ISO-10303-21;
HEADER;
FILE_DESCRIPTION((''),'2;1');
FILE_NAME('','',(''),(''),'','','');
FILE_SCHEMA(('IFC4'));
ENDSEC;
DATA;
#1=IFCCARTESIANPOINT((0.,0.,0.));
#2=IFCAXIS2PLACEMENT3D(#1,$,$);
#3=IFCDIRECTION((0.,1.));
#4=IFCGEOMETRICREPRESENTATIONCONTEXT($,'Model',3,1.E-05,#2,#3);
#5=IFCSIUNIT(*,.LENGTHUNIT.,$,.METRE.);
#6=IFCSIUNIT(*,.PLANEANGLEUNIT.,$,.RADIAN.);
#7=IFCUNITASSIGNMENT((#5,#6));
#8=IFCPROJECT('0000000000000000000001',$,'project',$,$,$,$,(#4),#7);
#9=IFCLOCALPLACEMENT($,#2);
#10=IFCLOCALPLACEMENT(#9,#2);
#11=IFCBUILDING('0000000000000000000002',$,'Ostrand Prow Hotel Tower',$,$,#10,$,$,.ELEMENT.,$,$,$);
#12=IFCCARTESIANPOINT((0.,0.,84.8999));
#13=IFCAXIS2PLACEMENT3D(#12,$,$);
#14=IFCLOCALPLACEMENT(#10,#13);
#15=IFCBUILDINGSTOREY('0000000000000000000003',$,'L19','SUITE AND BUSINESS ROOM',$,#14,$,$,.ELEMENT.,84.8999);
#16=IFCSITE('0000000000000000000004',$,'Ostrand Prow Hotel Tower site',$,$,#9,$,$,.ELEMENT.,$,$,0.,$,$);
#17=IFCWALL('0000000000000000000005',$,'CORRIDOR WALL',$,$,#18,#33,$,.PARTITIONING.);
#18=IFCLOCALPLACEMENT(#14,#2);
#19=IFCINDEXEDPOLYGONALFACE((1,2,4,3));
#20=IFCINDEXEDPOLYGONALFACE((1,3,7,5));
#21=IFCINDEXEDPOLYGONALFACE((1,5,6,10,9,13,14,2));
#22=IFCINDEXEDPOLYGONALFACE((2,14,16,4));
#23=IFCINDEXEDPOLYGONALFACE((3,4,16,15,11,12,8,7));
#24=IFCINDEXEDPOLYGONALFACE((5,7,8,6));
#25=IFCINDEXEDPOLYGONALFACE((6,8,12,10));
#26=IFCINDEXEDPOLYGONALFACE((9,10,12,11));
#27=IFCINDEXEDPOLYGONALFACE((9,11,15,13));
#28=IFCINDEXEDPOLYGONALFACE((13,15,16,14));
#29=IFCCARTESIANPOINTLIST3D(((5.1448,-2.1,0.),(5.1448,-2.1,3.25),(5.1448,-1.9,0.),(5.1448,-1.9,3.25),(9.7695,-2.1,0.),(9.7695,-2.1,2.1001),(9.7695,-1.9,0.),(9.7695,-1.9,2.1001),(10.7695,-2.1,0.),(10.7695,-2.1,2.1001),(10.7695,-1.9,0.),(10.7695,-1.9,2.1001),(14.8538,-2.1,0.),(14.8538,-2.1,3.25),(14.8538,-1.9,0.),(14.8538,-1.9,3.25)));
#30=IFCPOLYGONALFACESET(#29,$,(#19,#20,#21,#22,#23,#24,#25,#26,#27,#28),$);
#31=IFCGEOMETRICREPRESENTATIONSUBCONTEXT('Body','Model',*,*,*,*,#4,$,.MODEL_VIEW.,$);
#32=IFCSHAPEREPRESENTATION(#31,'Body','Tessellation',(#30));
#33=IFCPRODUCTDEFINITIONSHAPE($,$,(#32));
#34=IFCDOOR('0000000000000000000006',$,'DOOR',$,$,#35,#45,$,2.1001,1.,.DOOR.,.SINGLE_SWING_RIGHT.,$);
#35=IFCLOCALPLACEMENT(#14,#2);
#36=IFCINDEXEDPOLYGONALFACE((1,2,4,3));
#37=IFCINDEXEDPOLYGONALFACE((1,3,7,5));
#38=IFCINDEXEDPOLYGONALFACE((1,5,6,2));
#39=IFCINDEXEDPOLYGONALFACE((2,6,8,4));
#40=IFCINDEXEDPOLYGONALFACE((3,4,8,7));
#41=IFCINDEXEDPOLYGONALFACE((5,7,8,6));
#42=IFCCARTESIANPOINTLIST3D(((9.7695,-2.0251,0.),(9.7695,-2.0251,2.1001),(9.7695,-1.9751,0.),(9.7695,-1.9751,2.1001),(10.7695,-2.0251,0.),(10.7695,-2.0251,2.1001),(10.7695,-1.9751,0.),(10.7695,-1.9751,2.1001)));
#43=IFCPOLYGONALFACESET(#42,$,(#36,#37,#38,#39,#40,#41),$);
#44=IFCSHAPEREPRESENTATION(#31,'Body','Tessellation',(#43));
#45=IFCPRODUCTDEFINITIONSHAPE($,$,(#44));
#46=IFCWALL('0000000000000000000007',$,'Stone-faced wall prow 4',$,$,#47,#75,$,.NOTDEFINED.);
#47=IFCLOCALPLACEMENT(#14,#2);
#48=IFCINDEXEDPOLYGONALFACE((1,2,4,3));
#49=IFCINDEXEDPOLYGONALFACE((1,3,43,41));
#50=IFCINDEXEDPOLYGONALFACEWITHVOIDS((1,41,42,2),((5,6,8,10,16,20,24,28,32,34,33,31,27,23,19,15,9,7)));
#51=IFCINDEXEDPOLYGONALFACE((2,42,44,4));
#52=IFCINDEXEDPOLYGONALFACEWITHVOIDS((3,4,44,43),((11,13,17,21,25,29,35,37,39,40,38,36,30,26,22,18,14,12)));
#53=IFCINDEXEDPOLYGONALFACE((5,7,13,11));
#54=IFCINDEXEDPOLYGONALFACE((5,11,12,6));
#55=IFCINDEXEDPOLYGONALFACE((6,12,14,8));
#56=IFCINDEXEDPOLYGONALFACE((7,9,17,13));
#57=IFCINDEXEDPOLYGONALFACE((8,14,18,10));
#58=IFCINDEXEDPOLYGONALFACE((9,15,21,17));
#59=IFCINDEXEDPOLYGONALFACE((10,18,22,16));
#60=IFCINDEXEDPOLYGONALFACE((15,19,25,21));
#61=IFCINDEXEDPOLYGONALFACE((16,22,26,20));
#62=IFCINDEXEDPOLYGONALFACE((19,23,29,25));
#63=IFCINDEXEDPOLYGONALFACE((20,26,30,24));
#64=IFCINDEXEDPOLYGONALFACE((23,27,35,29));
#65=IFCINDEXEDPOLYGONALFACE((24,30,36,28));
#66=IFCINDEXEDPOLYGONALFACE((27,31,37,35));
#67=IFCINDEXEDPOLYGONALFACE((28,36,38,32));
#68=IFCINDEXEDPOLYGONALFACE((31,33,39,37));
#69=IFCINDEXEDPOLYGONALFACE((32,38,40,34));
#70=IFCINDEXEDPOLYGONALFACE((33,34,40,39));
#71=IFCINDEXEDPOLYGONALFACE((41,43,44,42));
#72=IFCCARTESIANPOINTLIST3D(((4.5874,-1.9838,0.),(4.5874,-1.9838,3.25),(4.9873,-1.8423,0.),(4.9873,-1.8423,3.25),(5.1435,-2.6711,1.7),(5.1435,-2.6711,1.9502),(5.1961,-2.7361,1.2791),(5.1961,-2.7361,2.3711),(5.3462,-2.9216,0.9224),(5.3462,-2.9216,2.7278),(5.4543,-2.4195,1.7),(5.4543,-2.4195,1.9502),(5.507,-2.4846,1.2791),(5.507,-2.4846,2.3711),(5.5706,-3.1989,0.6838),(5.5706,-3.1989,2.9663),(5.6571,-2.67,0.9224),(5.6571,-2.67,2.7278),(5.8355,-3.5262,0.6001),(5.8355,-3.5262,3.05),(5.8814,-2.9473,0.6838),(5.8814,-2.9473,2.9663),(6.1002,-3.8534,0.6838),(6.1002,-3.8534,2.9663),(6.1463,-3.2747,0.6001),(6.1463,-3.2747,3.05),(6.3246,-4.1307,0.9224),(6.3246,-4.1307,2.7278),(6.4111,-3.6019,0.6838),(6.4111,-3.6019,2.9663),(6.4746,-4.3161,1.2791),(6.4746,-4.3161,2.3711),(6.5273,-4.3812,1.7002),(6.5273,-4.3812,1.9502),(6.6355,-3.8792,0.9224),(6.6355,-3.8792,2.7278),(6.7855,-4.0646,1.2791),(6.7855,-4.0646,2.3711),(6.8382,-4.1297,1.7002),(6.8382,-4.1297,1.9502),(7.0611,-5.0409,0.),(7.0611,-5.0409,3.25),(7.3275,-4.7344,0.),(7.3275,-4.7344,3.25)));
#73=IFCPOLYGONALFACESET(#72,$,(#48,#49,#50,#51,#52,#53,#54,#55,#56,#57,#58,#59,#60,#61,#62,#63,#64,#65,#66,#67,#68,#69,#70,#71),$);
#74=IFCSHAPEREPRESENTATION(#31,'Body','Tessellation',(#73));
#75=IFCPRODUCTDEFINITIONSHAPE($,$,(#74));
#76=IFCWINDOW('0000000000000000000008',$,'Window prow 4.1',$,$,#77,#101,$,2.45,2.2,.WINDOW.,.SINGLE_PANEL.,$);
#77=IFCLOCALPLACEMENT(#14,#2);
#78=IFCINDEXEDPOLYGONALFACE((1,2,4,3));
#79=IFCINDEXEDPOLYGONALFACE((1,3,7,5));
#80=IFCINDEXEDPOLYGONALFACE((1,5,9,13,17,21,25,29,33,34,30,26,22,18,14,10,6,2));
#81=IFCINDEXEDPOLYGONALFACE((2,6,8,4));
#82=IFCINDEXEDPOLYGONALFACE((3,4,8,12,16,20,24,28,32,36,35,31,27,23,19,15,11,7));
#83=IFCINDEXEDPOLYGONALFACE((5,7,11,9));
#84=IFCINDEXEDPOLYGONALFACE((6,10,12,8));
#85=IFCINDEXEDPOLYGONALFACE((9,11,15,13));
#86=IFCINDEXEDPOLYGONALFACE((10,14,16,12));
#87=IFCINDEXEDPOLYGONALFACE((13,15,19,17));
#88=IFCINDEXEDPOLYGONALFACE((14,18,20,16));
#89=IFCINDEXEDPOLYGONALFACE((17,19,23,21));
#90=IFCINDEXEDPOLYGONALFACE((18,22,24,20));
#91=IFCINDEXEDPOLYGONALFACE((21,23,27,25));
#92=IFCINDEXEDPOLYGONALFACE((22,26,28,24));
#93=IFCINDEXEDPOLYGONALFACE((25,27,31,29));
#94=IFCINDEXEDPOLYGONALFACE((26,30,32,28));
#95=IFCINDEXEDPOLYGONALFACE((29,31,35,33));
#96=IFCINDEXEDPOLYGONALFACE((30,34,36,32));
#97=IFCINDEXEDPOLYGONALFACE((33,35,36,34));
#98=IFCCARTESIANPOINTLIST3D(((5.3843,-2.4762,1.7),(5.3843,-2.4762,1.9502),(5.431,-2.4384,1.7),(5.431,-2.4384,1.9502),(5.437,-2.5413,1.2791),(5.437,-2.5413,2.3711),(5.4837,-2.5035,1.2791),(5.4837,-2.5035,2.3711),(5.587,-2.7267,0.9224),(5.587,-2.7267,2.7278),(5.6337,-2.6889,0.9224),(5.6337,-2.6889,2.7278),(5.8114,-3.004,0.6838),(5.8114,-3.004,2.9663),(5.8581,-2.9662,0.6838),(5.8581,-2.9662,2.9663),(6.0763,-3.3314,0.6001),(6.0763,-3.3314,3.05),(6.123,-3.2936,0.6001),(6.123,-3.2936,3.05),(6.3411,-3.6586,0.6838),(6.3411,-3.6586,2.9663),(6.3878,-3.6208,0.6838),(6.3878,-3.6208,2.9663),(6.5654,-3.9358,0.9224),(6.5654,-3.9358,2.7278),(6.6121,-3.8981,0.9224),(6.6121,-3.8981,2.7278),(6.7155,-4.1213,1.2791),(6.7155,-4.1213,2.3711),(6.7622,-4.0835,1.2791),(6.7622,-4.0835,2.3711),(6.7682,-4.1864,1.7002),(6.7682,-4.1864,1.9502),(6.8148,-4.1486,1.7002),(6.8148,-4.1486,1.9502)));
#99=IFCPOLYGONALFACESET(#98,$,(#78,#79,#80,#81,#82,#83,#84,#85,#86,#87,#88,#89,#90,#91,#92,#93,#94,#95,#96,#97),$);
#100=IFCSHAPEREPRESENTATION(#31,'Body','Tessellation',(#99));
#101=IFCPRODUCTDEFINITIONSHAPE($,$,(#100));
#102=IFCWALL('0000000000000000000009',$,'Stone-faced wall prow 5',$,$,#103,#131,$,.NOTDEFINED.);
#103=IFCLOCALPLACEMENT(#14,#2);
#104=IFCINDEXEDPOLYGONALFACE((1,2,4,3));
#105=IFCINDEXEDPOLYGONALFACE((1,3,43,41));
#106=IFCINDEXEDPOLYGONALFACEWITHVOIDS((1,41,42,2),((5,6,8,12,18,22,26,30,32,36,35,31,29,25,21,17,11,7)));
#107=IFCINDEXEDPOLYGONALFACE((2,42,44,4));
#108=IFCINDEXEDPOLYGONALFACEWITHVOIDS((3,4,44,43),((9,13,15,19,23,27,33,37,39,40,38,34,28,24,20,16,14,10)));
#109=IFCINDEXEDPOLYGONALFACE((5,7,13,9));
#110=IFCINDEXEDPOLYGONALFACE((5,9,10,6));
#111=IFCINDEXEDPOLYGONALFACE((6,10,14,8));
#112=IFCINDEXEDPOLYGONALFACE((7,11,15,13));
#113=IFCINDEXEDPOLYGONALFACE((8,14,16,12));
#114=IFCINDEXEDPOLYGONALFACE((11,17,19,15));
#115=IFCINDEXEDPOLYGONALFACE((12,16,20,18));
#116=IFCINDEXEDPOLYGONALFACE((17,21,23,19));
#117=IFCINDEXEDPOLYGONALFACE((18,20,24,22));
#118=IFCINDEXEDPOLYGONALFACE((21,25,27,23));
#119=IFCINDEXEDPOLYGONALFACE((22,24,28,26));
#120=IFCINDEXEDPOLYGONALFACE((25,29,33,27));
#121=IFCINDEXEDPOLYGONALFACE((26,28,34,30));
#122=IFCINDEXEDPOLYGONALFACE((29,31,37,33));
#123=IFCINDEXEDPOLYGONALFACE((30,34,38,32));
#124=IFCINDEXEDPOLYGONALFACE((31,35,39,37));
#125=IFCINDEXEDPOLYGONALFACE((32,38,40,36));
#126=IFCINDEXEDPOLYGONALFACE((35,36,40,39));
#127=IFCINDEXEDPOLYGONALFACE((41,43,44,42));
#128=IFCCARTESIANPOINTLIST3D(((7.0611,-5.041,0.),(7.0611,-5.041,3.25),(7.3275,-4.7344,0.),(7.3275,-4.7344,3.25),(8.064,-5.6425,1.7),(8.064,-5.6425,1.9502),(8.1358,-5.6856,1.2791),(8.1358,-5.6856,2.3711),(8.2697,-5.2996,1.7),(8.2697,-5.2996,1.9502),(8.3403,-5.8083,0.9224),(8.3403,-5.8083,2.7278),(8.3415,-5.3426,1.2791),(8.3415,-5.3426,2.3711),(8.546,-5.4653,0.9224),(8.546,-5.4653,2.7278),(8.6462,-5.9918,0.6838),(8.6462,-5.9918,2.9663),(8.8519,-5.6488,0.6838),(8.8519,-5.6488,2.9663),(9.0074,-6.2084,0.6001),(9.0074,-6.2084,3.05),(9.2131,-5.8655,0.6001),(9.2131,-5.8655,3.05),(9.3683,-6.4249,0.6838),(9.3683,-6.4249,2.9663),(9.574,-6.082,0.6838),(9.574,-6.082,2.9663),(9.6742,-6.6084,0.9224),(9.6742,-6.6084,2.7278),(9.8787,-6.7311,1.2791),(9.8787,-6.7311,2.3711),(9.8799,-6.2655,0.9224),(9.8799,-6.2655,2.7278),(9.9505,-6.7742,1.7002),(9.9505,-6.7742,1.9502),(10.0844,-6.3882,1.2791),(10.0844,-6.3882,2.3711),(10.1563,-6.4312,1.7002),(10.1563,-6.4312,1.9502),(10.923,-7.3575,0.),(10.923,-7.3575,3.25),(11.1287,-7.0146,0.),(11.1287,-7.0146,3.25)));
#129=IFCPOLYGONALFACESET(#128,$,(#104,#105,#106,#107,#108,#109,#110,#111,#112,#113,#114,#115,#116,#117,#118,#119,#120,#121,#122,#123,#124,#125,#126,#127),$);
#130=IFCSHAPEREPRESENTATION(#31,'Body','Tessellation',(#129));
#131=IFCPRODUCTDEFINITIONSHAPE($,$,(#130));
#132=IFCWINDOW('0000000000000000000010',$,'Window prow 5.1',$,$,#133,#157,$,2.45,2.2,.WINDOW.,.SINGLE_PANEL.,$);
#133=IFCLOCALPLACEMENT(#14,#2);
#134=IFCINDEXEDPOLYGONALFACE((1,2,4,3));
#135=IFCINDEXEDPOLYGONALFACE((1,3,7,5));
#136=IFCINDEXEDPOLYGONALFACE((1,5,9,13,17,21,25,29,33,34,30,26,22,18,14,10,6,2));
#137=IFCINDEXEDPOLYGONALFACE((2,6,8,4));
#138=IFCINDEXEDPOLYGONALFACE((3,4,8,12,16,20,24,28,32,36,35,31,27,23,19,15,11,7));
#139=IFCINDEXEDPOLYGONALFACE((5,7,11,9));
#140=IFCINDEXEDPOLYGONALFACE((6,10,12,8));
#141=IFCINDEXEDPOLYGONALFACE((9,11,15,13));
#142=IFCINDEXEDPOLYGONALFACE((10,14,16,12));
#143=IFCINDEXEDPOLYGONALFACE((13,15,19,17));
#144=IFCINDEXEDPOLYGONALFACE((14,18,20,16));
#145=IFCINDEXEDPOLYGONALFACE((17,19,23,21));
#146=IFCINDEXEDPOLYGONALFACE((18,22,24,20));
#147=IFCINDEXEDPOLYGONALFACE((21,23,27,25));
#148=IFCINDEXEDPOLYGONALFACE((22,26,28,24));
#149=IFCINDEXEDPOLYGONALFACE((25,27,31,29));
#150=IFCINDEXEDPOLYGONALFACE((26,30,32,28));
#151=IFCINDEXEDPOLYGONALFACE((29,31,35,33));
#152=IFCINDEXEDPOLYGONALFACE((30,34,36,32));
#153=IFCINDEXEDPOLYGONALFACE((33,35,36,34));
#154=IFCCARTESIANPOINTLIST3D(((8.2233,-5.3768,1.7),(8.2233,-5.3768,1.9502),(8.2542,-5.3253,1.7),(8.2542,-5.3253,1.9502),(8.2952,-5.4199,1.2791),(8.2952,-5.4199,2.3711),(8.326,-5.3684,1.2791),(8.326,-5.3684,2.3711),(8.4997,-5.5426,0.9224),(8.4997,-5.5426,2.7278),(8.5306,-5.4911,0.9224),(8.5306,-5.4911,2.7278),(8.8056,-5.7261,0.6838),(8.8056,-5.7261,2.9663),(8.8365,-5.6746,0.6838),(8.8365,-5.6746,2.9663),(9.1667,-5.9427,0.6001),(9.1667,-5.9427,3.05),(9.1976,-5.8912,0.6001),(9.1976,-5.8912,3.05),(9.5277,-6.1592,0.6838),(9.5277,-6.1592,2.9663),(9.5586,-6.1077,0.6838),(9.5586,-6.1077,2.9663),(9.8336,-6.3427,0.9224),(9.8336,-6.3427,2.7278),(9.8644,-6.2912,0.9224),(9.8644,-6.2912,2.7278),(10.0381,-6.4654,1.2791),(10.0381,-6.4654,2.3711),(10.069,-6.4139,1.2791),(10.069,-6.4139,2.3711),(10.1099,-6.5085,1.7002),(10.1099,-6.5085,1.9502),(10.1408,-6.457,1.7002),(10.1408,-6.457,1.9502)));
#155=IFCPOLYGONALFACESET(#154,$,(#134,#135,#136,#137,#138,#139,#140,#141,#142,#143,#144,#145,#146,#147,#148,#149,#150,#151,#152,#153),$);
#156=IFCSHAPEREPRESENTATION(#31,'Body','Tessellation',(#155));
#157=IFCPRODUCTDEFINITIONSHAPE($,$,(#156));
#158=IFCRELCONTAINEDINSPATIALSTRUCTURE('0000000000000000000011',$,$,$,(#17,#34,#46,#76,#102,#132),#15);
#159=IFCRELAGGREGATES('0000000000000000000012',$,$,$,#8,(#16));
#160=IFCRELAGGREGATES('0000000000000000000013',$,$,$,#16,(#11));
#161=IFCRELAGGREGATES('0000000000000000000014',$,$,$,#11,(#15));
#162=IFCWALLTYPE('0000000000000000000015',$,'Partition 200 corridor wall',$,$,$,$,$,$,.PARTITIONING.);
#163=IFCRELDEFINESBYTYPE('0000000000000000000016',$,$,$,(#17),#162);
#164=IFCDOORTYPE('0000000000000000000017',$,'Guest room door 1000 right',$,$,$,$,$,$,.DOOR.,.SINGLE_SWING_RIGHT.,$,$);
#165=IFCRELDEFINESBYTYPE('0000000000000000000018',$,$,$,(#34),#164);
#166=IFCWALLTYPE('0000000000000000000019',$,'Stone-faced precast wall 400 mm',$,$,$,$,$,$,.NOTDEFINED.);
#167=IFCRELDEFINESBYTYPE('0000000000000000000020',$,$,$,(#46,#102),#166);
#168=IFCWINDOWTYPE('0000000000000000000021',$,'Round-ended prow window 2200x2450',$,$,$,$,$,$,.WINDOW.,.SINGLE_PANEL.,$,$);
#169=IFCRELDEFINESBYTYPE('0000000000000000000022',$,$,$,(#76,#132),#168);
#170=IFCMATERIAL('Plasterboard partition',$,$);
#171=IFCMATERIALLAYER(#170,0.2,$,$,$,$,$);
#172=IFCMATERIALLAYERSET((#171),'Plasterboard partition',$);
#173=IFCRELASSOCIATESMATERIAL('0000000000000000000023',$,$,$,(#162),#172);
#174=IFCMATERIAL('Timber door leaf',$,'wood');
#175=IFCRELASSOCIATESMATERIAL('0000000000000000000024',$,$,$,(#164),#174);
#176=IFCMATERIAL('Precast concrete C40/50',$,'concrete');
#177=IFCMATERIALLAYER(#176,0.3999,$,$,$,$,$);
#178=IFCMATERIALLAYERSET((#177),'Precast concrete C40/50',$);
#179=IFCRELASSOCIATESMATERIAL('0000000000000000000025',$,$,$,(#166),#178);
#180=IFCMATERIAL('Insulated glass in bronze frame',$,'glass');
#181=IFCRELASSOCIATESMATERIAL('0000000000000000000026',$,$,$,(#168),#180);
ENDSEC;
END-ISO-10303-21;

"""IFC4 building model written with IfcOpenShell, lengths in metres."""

from ifc_helpers import new_model, si_unit, direction, frame, frame_2d, origin, place, context, subcontext, project, spatial, polyline, rectangle, outline, extrude, material, layer, layer_set, type_object, element, fill, save


model = new_model("IFC4")

# Units and contexts
model_context = context("Model", 3, precision=1e-05, world=origin(), true_north=direction((0.0, 1.0)))
body_context = subcontext(model_context, "Body", "Model", "MODEL_VIEW")
ifc_project = project(units=[si_unit("LENGTHUNIT", "METRE"), si_unit("PLANEANGLEUNIT", "RADIAN")], contexts=[model_context])

# Site, building, storey
site_placement = place(None, origin())
site = spatial("IfcSite", under=ifc_project, at=site_placement, Name="Ostrand Prow Hotel Tower site", CompositionType="ELEMENT", RefElevation=0.0)
building_placement = place(site_placement, origin())
building = spatial("IfcBuilding", under=site, at=building_placement, Name="Ostrand Prow Hotel Tower", CompositionType="ELEMENT")
storey_placement = place(building_placement, frame((0.0, 0.0, 84.8999)))
storey = spatial("IfcBuildingStorey", under=building, at=storey_placement, Name="L19", Description="SUITE AND BUSINESS ROOM", CompositionType="ELEMENT", Elevation=84.8999)

# Wall, opening, door
ifc_material_1 = material(Name="Plasterboard partition")
ifc_layer_1 = layer(ifc_material_1, 0.2)
ifc_layer_set_1 = layer_set([ifc_layer_1], Name="Plasterboard partition")
wall_type_1 = type_object("IfcWallType", Name="Partition 200 corridor wall", PredefinedType="PARTITIONING", material=ifc_layer_set_1)
wall_1_placement = place(storey_placement, frame((5.1448, -2.0, 0.0), z_axis=(0.0, 0.0, 1.0), x_axis=(1.0, 0.0, 0.0)))
wall_1 = element("IfcWall", 1, at=wall_1_placement, inside=storey, type_object=wall_type_1, Name="CORRIDOR WALL", PredefinedType="PARTITIONING", context=body_context, shape_type="SweptSolid", body=[
    extrude(rectangle(XDim=9.709, YDim=0.2, at=frame_2d((4.8545, 0.0))), origin(), (0.0, 0.0, 1.0), 3.25),
])
opening_1_placement = place(wall_1_placement, frame((4.6248, 0.0, 0.0)))
opening_1 = element("IfcOpeningElement", 2, at=opening_1_placement, cuts=wall_1, PredefinedType="OPENING", context=body_context, shape_type="SweptSolid", body=[
    extrude(rectangle(XDim=1.0, YDim=2.1001, at=frame_2d((0.5, 1.05))), frame((0.0, 0.1099, 0.0), z_axis=(0.0, -1.0, 0.0), x_axis=(1.0, 0.0, 0.0)), (0.0, 0.0, 1.0), 0.22),
])
ifc_material_2 = material(Name="Timber door leaf", Category="wood")
door_type = type_object("IfcDoorType", Name="Guest room door 1000 right", OperationType="SINGLE_SWING_RIGHT", PredefinedType="DOOR", material=ifc_material_2)
door_placement = place(opening_1_placement, origin())
door = element("IfcDoor", 3, at=door_placement, inside=storey, type_object=door_type, Name="DOOR", OperationType="SINGLE_SWING_RIGHT", OverallHeight=2.1001, OverallWidth=1.0, PredefinedType="DOOR", context=body_context, shape_type="SweptSolid", body=[
    extrude(rectangle(XDim=1.0, YDim=2.1001, at=frame_2d((0.5, 1.05))), frame((0.0, 0.0249, 0.0), z_axis=(0.0, -1.0, 0.0), x_axis=(1.0, 0.0, 0.0)), (0.0, 0.0, 1.0), 0.05),
])
fill(opening_1, door)

# Walls, openings, windows
ifc_material_3 = material(Name="Precast concrete C40/50", Category="concrete")
ifc_layer_2 = layer(ifc_material_3, 0.3999)
ifc_layer_set_2 = layer_set([ifc_layer_2], Name="Precast concrete C40/50")
wall_type_2 = type_object("IfcWallType", Name="Stone-faced precast wall 400 mm", PredefinedType="NOTDEFINED", material=ifc_layer_set_2)
wall_2_placement = place(storey_placement, frame((4.7874, -1.9131, 0.0), z_axis=(0.0, 0.0, 1.0), x_axis=(0.629035, -0.777377, 0.0)))
wall_2 = element("IfcWall", 4, at=wall_2_placement, inside=storey, type_object=wall_type_2, Name="Stone-faced wall prow 4", PredefinedType="NOTDEFINED", context=body_context, shape_type="SweptSolid", body=[
    extrude(outline(polyline([(-0.0708, -0.2), (3.8618, -0.2), (3.791, 0.2), (0.0708, 0.2), (-0.0708, -0.2)])), origin(), (0.0, 0.0, 1.0), 3.25),
])
opening_2_placement = place(wall_2_placement, frame((0.8132, 0.0, 0.6001)))
opening_2 = element("IfcOpeningElement", 5, at=opening_2_placement, cuts=wall_2, PredefinedType="OPENING", context=body_context, shape_type="SweptSolid", body=[
    extrude(outline(polyline([(0.0, 1.3501), (0.0837, 1.771), (0.3223, 2.1277), (0.679, 2.3662), (1.1001, 2.45), (1.521, 2.3662), (1.8777, 2.1277), (2.1162, 1.771), (2.2, 1.3501), (2.2, 1.1001), (2.1162, 0.679), (1.8777, 0.3223), (1.521, 0.0837), (1.1001, 0.0), (0.679, 0.0837), (0.3223, 0.3223), (0.0837, 0.679), (0.0, 1.0999), (0.0, 1.3501)])), frame((0.0, 0.21, 0.0), z_axis=(0.0, -1.0, 0.0), x_axis=(1.0, 0.0, 0.0)), (0.0, 0.0, 1.0), 0.4199),
])
ifc_material_4 = material(Name="Insulated glass in bronze frame", Category="glass")
window_type = type_object("IfcWindowType", Name="Round-ended prow window 2200x2450", PartitioningType="SINGLE_PANEL", PredefinedType="WINDOW", material=ifc_material_4)
window_1_placement = place(opening_2_placement, origin())
window_1 = element("IfcWindow", 6, at=window_1_placement, inside=storey, type_object=window_type, Name="Window prow 4.1", OverallHeight=2.45, OverallWidth=2.2, PartitioningType="SINGLE_PANEL", PredefinedType="WINDOW", context=body_context, shape_type="SweptSolid", body=[
    extrude(outline(polyline([(0.0, 1.3501), (0.0837, 1.771), (0.3223, 2.1277), (0.679, 2.3662), (1.1001, 2.45), (1.521, 2.3662), (1.8777, 2.1277), (2.1162, 1.771), (2.2, 1.3501), (2.2, 1.1001), (2.1162, 0.679), (1.8777, 0.3223), (1.521, 0.0837), (1.1001, 0.0), (0.679, 0.0837), (0.3223, 0.3223), (0.0837, 0.679), (0.0, 1.0999), (0.0, 1.3501)])), frame((0.0, 0.1699, 0.0), z_axis=(0.0, -1.0, 0.0), x_axis=(1.0, 0.0, 0.0)), (0.0, 0.0, 1.0), 0.0601),
])
fill(opening_2, window_1)
wall_3_placement = place(storey_placement, frame((7.1943, -4.8877, 0.0), z_axis=(0.0, 0.0, 1.0), x_axis=(0.857551, -0.514399, 0.0)))
wall_3 = element("IfcWall", 7, at=wall_3_placement, inside=storey, type_object=wall_type_2, Name="Stone-faced wall prow 5", PredefinedType="NOTDEFINED", context=body_context, shape_type="SweptSolid", body=[
    extrude(outline(polyline([(-0.0354, -0.2), (4.468, -0.2), (4.468, 0.2), (0.0354, 0.2), (-0.0354, -0.2)])), origin(), (0.0, 0.0, 1.0), 3.25),
])
opening_3_placement = place(wall_3_placement, frame((1.134, 0.0, 0.6001)))
opening_3 = element("IfcOpeningElement", 8, at=opening_3_placement, cuts=wall_3, PredefinedType="OPENING", context=body_context, shape_type="SweptSolid", body=[
    extrude(outline(polyline([(0.0, 1.3501), (0.0837, 1.771), (0.3223, 2.1277), (0.679, 2.3662), (1.1001, 2.45), (1.521, 2.3662), (1.8777, 2.1277), (2.1162, 1.771), (2.2, 1.3501), (2.2, 1.1001), (2.1162, 0.679), (1.8777, 0.3223), (1.521, 0.0837), (1.1001, 0.0), (0.679, 0.0837), (0.3223, 0.3223), (0.0837, 0.679), (0.0, 1.0999), (0.0, 1.3501)])), frame((0.0, 0.21, 0.0), z_axis=(0.0, -1.0, 0.0), x_axis=(1.0, 0.0, 0.0)), (0.0, 0.0, 1.0), 0.4199),
])
window_2_placement = place(opening_3_placement, origin())
window_2 = element("IfcWindow", 9, at=window_2_placement, inside=storey, type_object=window_type, Name="Window prow 5.1", OverallHeight=2.45, OverallWidth=2.2, PartitioningType="SINGLE_PANEL", PredefinedType="WINDOW", context=body_context, shape_type="SweptSolid", body=[
    extrude(outline(polyline([(0.0, 1.3501), (0.0837, 1.771), (0.3223, 2.1277), (0.679, 2.3662), (1.1001, 2.45), (1.521, 2.3662), (1.8777, 2.1277), (2.1162, 1.771), (2.2, 1.3501), (2.2, 1.1001), (2.1162, 0.679), (1.8777, 0.3223), (1.521, 0.0837), (1.1001, 0.0), (0.679, 0.0837), (0.3223, 0.3223), (0.0837, 0.679), (0.0, 1.0999), (0.0, 1.3501)])), frame((0.0, 0.1699, 0.0), z_axis=(0.0, -1.0, 0.0), x_axis=(1.0, 0.0, 0.0)), (0.0, 0.0, 1.0), 0.0601),
])
fill(opening_3, window_2)

save(model, "model.ifc")
